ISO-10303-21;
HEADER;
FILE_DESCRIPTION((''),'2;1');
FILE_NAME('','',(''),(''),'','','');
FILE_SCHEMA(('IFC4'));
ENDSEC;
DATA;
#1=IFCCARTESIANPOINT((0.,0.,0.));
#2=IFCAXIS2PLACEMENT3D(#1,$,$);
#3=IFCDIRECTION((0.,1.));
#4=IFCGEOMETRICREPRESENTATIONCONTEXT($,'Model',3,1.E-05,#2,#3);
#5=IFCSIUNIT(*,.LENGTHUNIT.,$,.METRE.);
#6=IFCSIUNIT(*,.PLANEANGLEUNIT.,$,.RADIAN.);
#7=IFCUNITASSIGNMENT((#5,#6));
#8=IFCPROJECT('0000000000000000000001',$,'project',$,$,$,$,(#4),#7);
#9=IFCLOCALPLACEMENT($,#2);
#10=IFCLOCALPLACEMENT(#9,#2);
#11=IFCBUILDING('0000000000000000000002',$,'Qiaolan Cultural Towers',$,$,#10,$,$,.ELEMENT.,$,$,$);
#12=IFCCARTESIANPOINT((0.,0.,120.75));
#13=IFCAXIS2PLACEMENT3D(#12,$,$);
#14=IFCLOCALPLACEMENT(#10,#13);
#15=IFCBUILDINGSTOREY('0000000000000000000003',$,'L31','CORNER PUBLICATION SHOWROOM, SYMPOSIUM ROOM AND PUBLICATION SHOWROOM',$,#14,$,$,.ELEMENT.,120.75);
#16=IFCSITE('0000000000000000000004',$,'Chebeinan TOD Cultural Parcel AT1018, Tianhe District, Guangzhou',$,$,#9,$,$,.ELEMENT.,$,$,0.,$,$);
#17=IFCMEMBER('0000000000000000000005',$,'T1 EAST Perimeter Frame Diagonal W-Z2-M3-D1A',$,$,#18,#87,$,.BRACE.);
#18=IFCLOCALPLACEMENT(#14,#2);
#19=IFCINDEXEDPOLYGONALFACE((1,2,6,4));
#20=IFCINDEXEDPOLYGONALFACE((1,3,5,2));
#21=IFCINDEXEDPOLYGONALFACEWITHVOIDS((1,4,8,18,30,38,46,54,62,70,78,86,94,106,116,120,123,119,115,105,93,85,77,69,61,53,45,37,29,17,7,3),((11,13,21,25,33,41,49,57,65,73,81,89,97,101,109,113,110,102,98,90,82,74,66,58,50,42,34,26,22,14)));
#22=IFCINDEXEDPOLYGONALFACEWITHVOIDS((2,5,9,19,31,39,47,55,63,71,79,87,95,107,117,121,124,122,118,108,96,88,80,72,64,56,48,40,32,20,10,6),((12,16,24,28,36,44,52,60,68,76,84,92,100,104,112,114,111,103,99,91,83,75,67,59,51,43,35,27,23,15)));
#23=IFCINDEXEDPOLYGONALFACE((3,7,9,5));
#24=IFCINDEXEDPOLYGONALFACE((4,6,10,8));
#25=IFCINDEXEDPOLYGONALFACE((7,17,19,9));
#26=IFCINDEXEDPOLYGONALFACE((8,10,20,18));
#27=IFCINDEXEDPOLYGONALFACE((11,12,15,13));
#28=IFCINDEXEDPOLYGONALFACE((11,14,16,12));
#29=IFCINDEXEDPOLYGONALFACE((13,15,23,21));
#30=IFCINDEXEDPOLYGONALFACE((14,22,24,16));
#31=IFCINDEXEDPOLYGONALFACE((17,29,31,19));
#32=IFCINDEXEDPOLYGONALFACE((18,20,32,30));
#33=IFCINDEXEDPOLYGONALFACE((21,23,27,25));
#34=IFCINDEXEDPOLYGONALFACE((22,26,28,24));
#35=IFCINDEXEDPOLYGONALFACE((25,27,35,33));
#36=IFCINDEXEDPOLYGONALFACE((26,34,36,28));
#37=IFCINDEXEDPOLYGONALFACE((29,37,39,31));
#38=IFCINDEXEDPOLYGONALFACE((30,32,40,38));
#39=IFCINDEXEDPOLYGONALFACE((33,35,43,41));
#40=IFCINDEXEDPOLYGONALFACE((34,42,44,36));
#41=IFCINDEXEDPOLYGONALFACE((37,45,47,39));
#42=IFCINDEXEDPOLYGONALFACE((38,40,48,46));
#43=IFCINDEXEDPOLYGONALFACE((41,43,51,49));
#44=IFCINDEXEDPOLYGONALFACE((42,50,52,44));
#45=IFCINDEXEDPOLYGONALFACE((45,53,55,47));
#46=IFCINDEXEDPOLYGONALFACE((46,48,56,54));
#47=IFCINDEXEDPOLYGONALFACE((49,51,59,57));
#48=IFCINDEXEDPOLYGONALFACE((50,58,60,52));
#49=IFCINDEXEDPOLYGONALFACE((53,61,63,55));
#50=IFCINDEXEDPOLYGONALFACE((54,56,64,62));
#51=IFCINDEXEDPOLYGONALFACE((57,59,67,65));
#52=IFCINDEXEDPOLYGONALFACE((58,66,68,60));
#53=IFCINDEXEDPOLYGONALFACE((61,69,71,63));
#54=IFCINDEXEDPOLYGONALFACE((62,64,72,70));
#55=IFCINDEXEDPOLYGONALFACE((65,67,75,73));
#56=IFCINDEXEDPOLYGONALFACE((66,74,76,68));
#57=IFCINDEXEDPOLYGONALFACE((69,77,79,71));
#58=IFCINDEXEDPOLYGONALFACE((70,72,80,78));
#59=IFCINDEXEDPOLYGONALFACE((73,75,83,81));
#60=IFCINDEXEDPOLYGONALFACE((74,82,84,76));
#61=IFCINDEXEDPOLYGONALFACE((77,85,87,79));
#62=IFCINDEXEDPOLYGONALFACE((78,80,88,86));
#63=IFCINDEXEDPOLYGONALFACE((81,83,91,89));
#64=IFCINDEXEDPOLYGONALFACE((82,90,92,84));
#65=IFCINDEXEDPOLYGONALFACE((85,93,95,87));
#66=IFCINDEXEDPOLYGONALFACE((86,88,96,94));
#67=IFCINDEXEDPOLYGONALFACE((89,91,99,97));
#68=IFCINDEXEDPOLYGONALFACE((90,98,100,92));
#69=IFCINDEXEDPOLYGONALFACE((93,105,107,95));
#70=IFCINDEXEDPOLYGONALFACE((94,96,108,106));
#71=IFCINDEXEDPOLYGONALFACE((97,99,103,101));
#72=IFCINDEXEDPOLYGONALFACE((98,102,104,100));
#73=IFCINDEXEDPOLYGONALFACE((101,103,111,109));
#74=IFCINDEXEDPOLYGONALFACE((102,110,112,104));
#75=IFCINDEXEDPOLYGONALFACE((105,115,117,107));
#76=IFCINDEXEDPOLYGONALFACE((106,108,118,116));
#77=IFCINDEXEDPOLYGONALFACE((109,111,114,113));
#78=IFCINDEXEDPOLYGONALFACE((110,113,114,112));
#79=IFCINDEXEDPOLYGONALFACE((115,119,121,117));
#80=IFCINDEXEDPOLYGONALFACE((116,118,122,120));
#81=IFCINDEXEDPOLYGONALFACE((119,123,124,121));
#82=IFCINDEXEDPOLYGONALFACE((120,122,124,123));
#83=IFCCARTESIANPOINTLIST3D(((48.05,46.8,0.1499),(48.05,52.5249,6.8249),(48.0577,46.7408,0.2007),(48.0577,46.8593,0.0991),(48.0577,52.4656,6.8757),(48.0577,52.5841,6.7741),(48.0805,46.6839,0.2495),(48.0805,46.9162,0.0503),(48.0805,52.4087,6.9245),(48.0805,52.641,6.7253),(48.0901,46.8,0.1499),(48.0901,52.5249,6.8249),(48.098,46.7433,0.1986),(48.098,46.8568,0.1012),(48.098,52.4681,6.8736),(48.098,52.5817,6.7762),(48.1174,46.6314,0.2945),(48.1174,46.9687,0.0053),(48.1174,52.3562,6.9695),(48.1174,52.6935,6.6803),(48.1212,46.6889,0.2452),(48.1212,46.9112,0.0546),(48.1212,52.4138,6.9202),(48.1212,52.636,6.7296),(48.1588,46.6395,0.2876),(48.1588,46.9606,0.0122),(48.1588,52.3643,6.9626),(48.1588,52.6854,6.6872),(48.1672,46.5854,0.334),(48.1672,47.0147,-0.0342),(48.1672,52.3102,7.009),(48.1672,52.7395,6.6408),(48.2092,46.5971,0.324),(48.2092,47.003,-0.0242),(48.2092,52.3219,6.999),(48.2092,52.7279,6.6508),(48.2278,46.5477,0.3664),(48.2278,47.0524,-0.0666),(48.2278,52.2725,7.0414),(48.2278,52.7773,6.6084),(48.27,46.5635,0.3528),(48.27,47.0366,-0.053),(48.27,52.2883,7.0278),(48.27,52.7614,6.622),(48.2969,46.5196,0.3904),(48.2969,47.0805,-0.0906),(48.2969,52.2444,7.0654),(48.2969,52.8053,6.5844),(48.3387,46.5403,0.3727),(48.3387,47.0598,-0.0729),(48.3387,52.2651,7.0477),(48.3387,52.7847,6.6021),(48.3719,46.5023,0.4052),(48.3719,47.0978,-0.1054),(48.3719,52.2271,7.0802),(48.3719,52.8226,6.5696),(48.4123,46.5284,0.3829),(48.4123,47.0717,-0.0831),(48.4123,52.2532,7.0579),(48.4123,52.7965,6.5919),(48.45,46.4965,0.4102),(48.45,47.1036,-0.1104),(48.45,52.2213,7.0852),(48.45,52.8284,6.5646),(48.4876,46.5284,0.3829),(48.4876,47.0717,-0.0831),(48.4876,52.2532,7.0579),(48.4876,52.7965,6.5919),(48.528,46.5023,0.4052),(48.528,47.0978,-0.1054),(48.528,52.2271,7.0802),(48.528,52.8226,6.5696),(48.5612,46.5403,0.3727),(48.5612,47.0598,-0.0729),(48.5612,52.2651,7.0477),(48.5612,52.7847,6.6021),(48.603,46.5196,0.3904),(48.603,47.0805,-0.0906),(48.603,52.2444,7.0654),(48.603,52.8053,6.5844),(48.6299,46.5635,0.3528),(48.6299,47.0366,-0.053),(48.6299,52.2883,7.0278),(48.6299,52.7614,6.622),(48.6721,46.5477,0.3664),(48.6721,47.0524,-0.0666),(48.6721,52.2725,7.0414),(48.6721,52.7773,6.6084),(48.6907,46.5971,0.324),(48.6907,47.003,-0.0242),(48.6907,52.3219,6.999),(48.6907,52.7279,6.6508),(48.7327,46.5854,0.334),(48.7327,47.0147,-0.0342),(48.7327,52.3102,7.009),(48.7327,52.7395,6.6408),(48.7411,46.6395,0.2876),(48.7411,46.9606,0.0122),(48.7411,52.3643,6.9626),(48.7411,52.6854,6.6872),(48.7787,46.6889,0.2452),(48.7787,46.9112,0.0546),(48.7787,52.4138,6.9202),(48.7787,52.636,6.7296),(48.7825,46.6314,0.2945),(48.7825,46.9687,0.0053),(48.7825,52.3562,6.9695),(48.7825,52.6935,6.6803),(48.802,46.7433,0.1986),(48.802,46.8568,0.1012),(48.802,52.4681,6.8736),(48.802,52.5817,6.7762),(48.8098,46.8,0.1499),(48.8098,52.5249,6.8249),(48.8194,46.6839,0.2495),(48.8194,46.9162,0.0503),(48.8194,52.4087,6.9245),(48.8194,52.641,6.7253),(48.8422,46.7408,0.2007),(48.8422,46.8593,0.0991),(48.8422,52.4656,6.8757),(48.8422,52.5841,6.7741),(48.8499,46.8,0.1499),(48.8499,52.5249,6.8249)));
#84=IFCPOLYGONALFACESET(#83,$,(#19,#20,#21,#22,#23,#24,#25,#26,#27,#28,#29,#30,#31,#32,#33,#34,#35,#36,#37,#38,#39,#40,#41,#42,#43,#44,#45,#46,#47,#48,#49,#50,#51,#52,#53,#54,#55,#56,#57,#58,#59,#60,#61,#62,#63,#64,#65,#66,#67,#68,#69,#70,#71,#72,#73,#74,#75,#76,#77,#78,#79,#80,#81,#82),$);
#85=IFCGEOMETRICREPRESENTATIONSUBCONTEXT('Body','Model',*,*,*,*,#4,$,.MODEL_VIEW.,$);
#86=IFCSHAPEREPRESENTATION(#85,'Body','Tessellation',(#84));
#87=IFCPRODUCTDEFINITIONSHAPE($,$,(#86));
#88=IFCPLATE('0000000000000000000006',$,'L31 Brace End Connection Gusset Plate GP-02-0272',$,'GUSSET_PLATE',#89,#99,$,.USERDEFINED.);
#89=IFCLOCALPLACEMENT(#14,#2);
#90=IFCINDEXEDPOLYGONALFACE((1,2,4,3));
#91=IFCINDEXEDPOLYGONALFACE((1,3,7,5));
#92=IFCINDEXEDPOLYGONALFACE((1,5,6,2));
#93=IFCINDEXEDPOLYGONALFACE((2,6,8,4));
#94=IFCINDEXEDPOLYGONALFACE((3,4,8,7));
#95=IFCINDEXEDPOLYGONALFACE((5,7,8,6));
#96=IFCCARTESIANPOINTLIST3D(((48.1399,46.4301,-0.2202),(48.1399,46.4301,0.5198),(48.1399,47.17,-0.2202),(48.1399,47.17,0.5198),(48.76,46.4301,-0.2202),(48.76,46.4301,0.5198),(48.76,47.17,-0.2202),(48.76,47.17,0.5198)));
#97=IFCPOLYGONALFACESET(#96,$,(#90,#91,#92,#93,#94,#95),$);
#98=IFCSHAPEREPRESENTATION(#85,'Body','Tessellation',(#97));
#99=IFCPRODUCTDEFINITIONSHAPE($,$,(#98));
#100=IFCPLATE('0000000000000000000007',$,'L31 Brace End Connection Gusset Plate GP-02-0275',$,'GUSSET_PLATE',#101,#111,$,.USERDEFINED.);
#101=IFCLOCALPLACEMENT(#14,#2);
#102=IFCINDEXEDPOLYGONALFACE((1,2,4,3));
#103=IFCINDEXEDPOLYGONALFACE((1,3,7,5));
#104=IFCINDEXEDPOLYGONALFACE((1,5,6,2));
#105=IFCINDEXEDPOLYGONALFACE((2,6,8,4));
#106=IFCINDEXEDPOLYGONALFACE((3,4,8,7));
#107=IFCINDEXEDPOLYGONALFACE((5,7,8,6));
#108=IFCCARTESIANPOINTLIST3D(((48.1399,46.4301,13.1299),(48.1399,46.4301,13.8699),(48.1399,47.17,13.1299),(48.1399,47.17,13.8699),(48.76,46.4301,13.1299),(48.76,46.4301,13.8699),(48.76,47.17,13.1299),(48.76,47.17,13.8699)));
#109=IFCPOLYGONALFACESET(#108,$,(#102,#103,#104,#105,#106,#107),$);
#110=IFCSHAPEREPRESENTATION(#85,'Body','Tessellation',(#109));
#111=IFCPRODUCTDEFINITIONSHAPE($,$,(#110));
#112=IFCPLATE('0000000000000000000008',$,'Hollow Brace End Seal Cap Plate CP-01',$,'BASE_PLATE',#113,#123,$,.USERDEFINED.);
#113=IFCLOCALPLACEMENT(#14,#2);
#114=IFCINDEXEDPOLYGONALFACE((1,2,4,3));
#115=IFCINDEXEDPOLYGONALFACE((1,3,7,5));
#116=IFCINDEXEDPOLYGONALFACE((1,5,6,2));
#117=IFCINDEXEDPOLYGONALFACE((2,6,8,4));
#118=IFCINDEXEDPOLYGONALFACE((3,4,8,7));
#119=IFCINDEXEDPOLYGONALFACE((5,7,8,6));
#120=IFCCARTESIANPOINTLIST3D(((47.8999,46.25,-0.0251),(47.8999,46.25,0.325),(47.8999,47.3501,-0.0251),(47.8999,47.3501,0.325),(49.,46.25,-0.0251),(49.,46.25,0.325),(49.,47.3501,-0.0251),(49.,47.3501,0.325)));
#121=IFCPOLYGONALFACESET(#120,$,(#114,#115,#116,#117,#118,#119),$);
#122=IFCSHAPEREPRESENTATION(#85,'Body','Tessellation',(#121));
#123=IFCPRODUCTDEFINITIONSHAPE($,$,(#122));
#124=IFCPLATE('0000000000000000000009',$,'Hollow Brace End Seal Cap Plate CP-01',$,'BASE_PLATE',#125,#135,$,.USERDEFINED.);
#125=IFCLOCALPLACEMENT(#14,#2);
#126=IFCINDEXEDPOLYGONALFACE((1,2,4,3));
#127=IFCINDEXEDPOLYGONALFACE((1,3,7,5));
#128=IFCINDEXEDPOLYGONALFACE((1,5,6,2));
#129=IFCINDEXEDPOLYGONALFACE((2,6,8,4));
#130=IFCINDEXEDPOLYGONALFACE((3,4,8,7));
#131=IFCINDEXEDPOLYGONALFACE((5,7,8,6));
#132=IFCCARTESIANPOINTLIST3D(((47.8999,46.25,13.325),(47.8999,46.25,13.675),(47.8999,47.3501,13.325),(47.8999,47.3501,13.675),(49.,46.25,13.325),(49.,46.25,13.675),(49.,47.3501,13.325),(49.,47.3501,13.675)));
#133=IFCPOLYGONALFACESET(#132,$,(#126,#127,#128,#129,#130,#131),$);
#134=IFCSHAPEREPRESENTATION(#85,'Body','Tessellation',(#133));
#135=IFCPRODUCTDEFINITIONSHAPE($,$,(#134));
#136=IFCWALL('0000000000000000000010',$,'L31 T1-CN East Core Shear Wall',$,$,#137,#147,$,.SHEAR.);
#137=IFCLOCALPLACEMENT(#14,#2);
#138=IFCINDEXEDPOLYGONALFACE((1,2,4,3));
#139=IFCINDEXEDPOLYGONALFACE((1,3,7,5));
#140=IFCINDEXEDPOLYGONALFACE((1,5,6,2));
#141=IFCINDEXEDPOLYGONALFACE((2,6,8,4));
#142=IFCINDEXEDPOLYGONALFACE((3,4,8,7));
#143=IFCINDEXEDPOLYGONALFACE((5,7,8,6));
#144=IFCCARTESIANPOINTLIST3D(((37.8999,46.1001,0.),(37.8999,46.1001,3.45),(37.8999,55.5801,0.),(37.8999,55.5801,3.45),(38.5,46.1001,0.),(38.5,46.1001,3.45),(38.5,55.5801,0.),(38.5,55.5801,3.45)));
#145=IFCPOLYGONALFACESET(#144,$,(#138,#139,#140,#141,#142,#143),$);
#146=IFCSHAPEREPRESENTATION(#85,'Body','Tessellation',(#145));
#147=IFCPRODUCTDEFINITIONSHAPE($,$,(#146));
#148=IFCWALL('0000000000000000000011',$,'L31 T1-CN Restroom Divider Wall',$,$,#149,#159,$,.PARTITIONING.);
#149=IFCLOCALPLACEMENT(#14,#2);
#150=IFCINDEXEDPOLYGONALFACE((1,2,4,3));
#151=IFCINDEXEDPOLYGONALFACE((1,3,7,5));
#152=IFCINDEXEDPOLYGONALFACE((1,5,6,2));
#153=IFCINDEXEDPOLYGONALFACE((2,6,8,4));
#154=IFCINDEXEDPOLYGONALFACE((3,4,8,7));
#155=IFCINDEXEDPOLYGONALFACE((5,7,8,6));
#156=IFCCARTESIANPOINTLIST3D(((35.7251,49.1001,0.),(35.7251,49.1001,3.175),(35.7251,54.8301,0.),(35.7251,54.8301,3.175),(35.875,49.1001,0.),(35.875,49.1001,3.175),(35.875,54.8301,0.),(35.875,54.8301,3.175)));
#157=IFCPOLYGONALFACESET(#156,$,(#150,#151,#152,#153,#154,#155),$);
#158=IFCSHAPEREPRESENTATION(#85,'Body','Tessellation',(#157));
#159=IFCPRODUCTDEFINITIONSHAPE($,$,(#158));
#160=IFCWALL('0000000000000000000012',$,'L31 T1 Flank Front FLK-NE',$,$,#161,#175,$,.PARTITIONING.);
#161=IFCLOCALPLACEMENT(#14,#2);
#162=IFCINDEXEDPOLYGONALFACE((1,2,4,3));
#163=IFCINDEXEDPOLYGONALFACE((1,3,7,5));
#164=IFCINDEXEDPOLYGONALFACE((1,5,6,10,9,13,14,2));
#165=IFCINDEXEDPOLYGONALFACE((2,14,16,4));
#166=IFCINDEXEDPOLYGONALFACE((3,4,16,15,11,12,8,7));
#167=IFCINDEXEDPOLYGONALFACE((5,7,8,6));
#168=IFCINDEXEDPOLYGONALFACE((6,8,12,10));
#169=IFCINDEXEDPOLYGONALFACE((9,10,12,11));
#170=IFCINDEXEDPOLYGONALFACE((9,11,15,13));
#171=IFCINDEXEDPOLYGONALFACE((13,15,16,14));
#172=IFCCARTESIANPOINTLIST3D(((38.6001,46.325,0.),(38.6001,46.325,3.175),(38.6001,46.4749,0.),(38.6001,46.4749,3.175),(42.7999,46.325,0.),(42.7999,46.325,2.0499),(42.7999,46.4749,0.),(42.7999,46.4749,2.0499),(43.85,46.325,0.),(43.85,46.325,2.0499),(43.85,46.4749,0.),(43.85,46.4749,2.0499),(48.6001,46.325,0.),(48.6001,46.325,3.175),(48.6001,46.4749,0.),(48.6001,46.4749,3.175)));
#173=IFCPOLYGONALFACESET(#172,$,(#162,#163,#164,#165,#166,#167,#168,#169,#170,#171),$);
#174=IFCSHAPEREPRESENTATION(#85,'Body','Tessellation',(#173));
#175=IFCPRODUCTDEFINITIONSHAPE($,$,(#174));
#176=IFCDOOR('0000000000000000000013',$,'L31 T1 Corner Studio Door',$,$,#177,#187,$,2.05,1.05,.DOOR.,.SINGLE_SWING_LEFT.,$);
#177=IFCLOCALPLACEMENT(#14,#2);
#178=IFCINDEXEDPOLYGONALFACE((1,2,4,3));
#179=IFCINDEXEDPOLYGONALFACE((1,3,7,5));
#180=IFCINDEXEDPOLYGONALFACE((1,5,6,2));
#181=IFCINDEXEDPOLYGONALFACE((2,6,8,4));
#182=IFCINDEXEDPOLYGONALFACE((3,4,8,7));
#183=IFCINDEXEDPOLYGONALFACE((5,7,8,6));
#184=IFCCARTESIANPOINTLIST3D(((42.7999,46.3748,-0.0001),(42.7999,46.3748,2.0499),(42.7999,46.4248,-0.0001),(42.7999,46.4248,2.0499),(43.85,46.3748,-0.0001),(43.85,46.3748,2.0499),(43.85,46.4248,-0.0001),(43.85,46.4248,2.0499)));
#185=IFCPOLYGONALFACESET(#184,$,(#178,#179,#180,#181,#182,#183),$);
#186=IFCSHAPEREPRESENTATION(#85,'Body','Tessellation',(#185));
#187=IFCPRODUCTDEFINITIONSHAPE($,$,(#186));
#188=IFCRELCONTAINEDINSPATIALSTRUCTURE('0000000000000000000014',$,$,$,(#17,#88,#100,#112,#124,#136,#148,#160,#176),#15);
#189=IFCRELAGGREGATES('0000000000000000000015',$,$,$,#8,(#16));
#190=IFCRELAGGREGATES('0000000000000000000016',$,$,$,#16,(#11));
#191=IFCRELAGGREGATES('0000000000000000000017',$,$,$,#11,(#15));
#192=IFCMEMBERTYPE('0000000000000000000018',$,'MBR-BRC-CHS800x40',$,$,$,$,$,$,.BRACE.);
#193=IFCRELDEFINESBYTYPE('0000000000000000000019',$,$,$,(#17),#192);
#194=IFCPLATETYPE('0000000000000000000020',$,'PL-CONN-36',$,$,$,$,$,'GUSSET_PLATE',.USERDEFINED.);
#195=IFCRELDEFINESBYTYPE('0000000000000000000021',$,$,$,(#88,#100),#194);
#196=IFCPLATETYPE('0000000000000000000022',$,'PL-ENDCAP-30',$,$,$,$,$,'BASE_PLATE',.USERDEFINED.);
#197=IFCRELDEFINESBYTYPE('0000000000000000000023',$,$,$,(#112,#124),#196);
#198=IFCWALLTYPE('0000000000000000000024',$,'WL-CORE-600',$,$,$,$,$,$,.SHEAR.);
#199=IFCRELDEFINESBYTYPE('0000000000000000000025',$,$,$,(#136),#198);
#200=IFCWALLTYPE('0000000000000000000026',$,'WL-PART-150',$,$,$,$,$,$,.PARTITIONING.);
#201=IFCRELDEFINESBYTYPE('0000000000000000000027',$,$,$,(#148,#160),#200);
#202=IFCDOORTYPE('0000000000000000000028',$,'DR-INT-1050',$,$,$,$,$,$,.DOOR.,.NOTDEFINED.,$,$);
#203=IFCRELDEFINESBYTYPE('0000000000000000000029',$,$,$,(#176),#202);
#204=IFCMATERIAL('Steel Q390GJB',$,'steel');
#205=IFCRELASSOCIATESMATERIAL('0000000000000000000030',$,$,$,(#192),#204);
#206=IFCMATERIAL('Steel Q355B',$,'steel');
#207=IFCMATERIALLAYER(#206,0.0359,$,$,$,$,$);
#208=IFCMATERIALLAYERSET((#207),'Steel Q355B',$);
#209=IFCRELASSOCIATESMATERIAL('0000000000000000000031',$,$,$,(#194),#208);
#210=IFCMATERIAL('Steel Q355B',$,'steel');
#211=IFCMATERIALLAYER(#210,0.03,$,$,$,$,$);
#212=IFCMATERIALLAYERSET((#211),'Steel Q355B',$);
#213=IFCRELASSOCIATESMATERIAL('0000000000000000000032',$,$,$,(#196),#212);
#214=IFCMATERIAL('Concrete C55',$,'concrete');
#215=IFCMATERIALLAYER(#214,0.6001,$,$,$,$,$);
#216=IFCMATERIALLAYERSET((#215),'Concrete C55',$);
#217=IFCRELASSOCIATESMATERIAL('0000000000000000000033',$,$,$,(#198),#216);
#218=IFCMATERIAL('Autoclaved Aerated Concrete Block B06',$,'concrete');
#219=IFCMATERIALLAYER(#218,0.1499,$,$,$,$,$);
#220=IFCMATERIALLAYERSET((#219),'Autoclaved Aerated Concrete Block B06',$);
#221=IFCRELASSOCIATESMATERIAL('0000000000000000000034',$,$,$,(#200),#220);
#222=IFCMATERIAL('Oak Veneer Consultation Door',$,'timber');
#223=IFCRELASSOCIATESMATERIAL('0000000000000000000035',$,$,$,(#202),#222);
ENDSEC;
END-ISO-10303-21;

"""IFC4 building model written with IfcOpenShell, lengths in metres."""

from ifc_helpers import new_model, si_unit, direction, frame, frame_2d, origin, origin_2d, place, context, subcontext, project, spatial, rectangle, hollow_circle, extrude, material, layer, layer_set, material_profile, profile_set, type_object, element, fill, save


model = new_model("IFC4")

# Units and contexts
model_context = context("Model", 3, precision=1e-05, world=origin(), true_north=direction((0.0, 1.0)))
body_context = subcontext(model_context, "Body", "Model", "MODEL_VIEW")
ifc_project = project(units=[si_unit("LENGTHUNIT", "METRE"), si_unit("PLANEANGLEUNIT", "RADIAN")], contexts=[model_context])

# Site, building, storey
site_placement = place(None, origin())
site = spatial("IfcSite", under=ifc_project, at=site_placement, Name="Chebeinan TOD Cultural Parcel AT1018, Tianhe District, Guangzhou", CompositionType="ELEMENT", RefElevation=0.0)
building_placement = place(site_placement, origin())
building = spatial("IfcBuilding", under=site, at=building_placement, Name="Qiaolan Cultural Towers", CompositionType="ELEMENT")
storey_placement = place(building_placement, frame((0.0, 0.0, 120.75)))
storey = spatial("IfcBuildingStorey", under=building, at=storey_placement, Name="L31", Description="CORNER PUBLICATION SHOWROOM, SYMPOSIUM ROOM AND PUBLICATION SHOWROOM", CompositionType="ELEMENT", Elevation=120.75)

# Member
ifc_material_1 = material(Name="Steel Q390GJB", Category="steel")
ifc_material_profile_1 = material_profile(ifc_material_1, hollow_circle(Radius=0.3999, WallThickness=0.04, at=origin_2d()), Name="CHS800x40")
ifc_profile_set_1 = profile_set([ifc_material_profile_1], Name="Steel Q390GJB")
member_type = type_object("IfcMemberType", Name="MBR-BRC-CHS800x40", PredefinedType="BRACE", material=ifc_profile_set_1)
member_placement = place(storey_placement, frame((48.45, 46.8, 0.1499), z_axis=(0.0, 0.651013, 0.759066), x_axis=(-1.0, 0.0, 0.0)))
element("IfcMember", 1, at=member_placement, inside=storey, type_object=member_type, Name="T1 EAST Perimeter Frame Diagonal W-Z2-M3-D1A", PredefinedType="BRACE", context=body_context, shape_type="SweptSolid", body=[
    extrude(hollow_circle(Radius=0.3999, WallThickness=0.04, at=origin_2d()), origin(), (0.0, 0.0, 1.0), 8.7937),
])

# Plates
ifc_material_2 = material(Name="Steel Q355B", Category="steel")
ifc_layer_1 = layer(ifc_material_2, 0.0359)
ifc_layer_set_1 = layer_set([ifc_layer_1], Name="Steel Q355B")
plate_type_1 = type_object("IfcPlateType", Name="PL-CONN-36", ElementType="GUSSET_PLATE", PredefinedType="USERDEFINED", material=ifc_layer_set_1)
for number, where, z_axis, x_axis, name in (
    (2, (48.45, 46.8, -0.2202), (0.0, 0.0, 1.0), (0.0, 1.0, 0.0), "L31 Brace End Connection Gusset Plate GP-02-0272"),
    (3, (48.45, 46.8, 13.1299), (0.0, 0.0, 1.0), (0.0, 1.0, 0.0), "L31 Brace End Connection Gusset Plate GP-02-0275"),
):
    element("IfcPlate", number, at=place(storey_placement, frame(where, z_axis=z_axis, x_axis=x_axis)), inside=storey, type_object=plate_type_1, Name=name, ObjectType="GUSSET_PLATE", PredefinedType="USERDEFINED", context=body_context, shape_type="SweptSolid", body=[
        extrude(rectangle(XDim=0.74, YDim=0.6201, at=origin_2d()), origin(), (0.0, 0.0, 1.0), 0.74),
    ])
ifc_material_3 = material(Name="Steel Q355B", Category="steel")
ifc_layer_2 = layer(ifc_material_3, 0.03)
ifc_layer_set_2 = layer_set([ifc_layer_2], Name="Steel Q355B")
plate_type_2 = type_object("IfcPlateType", Name="PL-ENDCAP-30", ElementType="BASE_PLATE", PredefinedType="USERDEFINED", material=ifc_layer_set_2)
for number, where, z_axis, x_axis, name in (
    (4, (48.45, 46.8, -0.0251), (0.0, 0.0, 1.0), (0.0, 1.0, 0.0), "Hollow Brace End Seal Cap Plate CP-01"),
    (5, (48.45, 46.8, 13.325), (0.0, 0.0, 1.0), (0.0, 1.0, 0.0), "Hollow Brace End Seal Cap Plate CP-01"),
):
    element("IfcPlate", number, at=place(storey_placement, frame(where, z_axis=z_axis, x_axis=x_axis)), inside=storey, type_object=plate_type_2, Name=name, ObjectType="BASE_PLATE", PredefinedType="USERDEFINED", context=body_context, shape_type="SweptSolid", body=[
        extrude(rectangle(XDim=1.1001, YDim=1.1001, at=origin_2d()), origin(), (0.0, 0.0, 1.0), 0.3501),
    ])

# Walls
ifc_material_4 = material(Name="Concrete C55", Category="concrete")
ifc_layer_3 = layer(ifc_material_4, 0.6001)
ifc_layer_set_3 = layer_set([ifc_layer_3], Name="Concrete C55")
wall_type_1 = type_object("IfcWallType", Name="WL-CORE-600", PredefinedType="SHEAR", material=ifc_layer_set_3)
wall_1_placement = place(storey_placement, frame((38.2, 46.1001, 0.0), z_axis=(0.0, 0.0, 1.0), x_axis=(0.0, 1.0, 0.0)))
element("IfcWall", 6, at=wall_1_placement, inside=storey, type_object=wall_type_1, Name="L31 T1-CN East Core Shear Wall", PredefinedType="SHEAR", context=body_context, shape_type="SweptSolid", body=[
    extrude(rectangle(XDim=9.48, YDim=0.6001, at=frame_2d((4.74, 0.0))), origin(), (0.0, 0.0, 1.0), 3.45),
])
ifc_material_5 = material(Name="Autoclaved Aerated Concrete Block B06", Category="concrete")
ifc_layer_4 = layer(ifc_material_5, 0.1499)
ifc_layer_set_4 = layer_set([ifc_layer_4], Name="Autoclaved Aerated Concrete Block B06")
wall_type_2 = type_object("IfcWallType", Name="WL-PART-150", PredefinedType="PARTITIONING", material=ifc_layer_set_4)
wall_2_placement = place(storey_placement, frame((35.8, 49.1001, 0.0), z_axis=(0.0, 0.0, 1.0), x_axis=(0.0, 1.0, 0.0)))
element("IfcWall", 7, at=wall_2_placement, inside=storey, type_object=wall_type_2, Name="L31 T1-CN Restroom Divider Wall", PredefinedType="PARTITIONING", context=body_context, shape_type="SweptSolid", body=[
    extrude(rectangle(XDim=5.73, YDim=0.1499, at=frame_2d((2.865, 0.0))), origin(), (0.0, 0.0, 1.0), 3.175),
])

# Wall, opening, door
wall_3_placement = place(storey_placement, frame((38.6001, 46.3999, 0.0), z_axis=(0.0, 0.0, 1.0), x_axis=(1.0, 0.0, 0.0)))
wall_3 = element("IfcWall", 8, at=wall_3_placement, inside=storey, type_object=wall_type_2, Name="L31 T1 Flank Front FLK-NE", PredefinedType="PARTITIONING", context=body_context, shape_type="SweptSolid", body=[
    extrude(rectangle(XDim=10.0, YDim=0.1499, at=frame_2d((5.0, 0.0))), origin(), (0.0, 0.0, 1.0), 3.175),
])
opening_placement = place(wall_3_placement, frame((4.2, 0.0, 0.0)))
opening = element("IfcOpeningElement", 9, at=opening_placement, cuts=wall_3, PredefinedType="OPENING", context=body_context, shape_type="SweptSolid", body=[
    extrude(rectangle(XDim=1.05, YDim=2.05, at=frame_2d((0.5249, 1.0249))), frame((0.0, 0.085, 0.0), z_axis=(0.0, -1.0, 0.0), x_axis=(1.0, 0.0, 0.0)), (0.0, 0.0, 1.0), 0.1699),
])
ifc_material_6 = material(Name="Oak Veneer Consultation Door", Category="timber")
door_type = type_object("IfcDoorType", Name="DR-INT-1050", OperationType="NOTDEFINED", PredefinedType="DOOR", material=ifc_material_6)
door_placement = place(opening_placement, origin())
door = element("IfcDoor", 10, at=door_placement, inside=storey, type_object=door_type, Name="L31 T1 Corner Studio Door", OperationType="SINGLE_SWING_LEFT", OverallHeight=2.05, OverallWidth=1.05, PredefinedType="DOOR", context=body_context, shape_type="SweptSolid", body=[
    extrude(rectangle(XDim=1.05, YDim=2.05, at=frame_2d((0.5249, 1.0249))), frame((0.0, 0.0249, 0.0), z_axis=(0.0, -1.0, 0.0), x_axis=(1.0, 0.0, 0.0)), (0.0, 0.0, 1.0), 0.05),
])
fill(opening, door)

save(model, "model.ifc")
